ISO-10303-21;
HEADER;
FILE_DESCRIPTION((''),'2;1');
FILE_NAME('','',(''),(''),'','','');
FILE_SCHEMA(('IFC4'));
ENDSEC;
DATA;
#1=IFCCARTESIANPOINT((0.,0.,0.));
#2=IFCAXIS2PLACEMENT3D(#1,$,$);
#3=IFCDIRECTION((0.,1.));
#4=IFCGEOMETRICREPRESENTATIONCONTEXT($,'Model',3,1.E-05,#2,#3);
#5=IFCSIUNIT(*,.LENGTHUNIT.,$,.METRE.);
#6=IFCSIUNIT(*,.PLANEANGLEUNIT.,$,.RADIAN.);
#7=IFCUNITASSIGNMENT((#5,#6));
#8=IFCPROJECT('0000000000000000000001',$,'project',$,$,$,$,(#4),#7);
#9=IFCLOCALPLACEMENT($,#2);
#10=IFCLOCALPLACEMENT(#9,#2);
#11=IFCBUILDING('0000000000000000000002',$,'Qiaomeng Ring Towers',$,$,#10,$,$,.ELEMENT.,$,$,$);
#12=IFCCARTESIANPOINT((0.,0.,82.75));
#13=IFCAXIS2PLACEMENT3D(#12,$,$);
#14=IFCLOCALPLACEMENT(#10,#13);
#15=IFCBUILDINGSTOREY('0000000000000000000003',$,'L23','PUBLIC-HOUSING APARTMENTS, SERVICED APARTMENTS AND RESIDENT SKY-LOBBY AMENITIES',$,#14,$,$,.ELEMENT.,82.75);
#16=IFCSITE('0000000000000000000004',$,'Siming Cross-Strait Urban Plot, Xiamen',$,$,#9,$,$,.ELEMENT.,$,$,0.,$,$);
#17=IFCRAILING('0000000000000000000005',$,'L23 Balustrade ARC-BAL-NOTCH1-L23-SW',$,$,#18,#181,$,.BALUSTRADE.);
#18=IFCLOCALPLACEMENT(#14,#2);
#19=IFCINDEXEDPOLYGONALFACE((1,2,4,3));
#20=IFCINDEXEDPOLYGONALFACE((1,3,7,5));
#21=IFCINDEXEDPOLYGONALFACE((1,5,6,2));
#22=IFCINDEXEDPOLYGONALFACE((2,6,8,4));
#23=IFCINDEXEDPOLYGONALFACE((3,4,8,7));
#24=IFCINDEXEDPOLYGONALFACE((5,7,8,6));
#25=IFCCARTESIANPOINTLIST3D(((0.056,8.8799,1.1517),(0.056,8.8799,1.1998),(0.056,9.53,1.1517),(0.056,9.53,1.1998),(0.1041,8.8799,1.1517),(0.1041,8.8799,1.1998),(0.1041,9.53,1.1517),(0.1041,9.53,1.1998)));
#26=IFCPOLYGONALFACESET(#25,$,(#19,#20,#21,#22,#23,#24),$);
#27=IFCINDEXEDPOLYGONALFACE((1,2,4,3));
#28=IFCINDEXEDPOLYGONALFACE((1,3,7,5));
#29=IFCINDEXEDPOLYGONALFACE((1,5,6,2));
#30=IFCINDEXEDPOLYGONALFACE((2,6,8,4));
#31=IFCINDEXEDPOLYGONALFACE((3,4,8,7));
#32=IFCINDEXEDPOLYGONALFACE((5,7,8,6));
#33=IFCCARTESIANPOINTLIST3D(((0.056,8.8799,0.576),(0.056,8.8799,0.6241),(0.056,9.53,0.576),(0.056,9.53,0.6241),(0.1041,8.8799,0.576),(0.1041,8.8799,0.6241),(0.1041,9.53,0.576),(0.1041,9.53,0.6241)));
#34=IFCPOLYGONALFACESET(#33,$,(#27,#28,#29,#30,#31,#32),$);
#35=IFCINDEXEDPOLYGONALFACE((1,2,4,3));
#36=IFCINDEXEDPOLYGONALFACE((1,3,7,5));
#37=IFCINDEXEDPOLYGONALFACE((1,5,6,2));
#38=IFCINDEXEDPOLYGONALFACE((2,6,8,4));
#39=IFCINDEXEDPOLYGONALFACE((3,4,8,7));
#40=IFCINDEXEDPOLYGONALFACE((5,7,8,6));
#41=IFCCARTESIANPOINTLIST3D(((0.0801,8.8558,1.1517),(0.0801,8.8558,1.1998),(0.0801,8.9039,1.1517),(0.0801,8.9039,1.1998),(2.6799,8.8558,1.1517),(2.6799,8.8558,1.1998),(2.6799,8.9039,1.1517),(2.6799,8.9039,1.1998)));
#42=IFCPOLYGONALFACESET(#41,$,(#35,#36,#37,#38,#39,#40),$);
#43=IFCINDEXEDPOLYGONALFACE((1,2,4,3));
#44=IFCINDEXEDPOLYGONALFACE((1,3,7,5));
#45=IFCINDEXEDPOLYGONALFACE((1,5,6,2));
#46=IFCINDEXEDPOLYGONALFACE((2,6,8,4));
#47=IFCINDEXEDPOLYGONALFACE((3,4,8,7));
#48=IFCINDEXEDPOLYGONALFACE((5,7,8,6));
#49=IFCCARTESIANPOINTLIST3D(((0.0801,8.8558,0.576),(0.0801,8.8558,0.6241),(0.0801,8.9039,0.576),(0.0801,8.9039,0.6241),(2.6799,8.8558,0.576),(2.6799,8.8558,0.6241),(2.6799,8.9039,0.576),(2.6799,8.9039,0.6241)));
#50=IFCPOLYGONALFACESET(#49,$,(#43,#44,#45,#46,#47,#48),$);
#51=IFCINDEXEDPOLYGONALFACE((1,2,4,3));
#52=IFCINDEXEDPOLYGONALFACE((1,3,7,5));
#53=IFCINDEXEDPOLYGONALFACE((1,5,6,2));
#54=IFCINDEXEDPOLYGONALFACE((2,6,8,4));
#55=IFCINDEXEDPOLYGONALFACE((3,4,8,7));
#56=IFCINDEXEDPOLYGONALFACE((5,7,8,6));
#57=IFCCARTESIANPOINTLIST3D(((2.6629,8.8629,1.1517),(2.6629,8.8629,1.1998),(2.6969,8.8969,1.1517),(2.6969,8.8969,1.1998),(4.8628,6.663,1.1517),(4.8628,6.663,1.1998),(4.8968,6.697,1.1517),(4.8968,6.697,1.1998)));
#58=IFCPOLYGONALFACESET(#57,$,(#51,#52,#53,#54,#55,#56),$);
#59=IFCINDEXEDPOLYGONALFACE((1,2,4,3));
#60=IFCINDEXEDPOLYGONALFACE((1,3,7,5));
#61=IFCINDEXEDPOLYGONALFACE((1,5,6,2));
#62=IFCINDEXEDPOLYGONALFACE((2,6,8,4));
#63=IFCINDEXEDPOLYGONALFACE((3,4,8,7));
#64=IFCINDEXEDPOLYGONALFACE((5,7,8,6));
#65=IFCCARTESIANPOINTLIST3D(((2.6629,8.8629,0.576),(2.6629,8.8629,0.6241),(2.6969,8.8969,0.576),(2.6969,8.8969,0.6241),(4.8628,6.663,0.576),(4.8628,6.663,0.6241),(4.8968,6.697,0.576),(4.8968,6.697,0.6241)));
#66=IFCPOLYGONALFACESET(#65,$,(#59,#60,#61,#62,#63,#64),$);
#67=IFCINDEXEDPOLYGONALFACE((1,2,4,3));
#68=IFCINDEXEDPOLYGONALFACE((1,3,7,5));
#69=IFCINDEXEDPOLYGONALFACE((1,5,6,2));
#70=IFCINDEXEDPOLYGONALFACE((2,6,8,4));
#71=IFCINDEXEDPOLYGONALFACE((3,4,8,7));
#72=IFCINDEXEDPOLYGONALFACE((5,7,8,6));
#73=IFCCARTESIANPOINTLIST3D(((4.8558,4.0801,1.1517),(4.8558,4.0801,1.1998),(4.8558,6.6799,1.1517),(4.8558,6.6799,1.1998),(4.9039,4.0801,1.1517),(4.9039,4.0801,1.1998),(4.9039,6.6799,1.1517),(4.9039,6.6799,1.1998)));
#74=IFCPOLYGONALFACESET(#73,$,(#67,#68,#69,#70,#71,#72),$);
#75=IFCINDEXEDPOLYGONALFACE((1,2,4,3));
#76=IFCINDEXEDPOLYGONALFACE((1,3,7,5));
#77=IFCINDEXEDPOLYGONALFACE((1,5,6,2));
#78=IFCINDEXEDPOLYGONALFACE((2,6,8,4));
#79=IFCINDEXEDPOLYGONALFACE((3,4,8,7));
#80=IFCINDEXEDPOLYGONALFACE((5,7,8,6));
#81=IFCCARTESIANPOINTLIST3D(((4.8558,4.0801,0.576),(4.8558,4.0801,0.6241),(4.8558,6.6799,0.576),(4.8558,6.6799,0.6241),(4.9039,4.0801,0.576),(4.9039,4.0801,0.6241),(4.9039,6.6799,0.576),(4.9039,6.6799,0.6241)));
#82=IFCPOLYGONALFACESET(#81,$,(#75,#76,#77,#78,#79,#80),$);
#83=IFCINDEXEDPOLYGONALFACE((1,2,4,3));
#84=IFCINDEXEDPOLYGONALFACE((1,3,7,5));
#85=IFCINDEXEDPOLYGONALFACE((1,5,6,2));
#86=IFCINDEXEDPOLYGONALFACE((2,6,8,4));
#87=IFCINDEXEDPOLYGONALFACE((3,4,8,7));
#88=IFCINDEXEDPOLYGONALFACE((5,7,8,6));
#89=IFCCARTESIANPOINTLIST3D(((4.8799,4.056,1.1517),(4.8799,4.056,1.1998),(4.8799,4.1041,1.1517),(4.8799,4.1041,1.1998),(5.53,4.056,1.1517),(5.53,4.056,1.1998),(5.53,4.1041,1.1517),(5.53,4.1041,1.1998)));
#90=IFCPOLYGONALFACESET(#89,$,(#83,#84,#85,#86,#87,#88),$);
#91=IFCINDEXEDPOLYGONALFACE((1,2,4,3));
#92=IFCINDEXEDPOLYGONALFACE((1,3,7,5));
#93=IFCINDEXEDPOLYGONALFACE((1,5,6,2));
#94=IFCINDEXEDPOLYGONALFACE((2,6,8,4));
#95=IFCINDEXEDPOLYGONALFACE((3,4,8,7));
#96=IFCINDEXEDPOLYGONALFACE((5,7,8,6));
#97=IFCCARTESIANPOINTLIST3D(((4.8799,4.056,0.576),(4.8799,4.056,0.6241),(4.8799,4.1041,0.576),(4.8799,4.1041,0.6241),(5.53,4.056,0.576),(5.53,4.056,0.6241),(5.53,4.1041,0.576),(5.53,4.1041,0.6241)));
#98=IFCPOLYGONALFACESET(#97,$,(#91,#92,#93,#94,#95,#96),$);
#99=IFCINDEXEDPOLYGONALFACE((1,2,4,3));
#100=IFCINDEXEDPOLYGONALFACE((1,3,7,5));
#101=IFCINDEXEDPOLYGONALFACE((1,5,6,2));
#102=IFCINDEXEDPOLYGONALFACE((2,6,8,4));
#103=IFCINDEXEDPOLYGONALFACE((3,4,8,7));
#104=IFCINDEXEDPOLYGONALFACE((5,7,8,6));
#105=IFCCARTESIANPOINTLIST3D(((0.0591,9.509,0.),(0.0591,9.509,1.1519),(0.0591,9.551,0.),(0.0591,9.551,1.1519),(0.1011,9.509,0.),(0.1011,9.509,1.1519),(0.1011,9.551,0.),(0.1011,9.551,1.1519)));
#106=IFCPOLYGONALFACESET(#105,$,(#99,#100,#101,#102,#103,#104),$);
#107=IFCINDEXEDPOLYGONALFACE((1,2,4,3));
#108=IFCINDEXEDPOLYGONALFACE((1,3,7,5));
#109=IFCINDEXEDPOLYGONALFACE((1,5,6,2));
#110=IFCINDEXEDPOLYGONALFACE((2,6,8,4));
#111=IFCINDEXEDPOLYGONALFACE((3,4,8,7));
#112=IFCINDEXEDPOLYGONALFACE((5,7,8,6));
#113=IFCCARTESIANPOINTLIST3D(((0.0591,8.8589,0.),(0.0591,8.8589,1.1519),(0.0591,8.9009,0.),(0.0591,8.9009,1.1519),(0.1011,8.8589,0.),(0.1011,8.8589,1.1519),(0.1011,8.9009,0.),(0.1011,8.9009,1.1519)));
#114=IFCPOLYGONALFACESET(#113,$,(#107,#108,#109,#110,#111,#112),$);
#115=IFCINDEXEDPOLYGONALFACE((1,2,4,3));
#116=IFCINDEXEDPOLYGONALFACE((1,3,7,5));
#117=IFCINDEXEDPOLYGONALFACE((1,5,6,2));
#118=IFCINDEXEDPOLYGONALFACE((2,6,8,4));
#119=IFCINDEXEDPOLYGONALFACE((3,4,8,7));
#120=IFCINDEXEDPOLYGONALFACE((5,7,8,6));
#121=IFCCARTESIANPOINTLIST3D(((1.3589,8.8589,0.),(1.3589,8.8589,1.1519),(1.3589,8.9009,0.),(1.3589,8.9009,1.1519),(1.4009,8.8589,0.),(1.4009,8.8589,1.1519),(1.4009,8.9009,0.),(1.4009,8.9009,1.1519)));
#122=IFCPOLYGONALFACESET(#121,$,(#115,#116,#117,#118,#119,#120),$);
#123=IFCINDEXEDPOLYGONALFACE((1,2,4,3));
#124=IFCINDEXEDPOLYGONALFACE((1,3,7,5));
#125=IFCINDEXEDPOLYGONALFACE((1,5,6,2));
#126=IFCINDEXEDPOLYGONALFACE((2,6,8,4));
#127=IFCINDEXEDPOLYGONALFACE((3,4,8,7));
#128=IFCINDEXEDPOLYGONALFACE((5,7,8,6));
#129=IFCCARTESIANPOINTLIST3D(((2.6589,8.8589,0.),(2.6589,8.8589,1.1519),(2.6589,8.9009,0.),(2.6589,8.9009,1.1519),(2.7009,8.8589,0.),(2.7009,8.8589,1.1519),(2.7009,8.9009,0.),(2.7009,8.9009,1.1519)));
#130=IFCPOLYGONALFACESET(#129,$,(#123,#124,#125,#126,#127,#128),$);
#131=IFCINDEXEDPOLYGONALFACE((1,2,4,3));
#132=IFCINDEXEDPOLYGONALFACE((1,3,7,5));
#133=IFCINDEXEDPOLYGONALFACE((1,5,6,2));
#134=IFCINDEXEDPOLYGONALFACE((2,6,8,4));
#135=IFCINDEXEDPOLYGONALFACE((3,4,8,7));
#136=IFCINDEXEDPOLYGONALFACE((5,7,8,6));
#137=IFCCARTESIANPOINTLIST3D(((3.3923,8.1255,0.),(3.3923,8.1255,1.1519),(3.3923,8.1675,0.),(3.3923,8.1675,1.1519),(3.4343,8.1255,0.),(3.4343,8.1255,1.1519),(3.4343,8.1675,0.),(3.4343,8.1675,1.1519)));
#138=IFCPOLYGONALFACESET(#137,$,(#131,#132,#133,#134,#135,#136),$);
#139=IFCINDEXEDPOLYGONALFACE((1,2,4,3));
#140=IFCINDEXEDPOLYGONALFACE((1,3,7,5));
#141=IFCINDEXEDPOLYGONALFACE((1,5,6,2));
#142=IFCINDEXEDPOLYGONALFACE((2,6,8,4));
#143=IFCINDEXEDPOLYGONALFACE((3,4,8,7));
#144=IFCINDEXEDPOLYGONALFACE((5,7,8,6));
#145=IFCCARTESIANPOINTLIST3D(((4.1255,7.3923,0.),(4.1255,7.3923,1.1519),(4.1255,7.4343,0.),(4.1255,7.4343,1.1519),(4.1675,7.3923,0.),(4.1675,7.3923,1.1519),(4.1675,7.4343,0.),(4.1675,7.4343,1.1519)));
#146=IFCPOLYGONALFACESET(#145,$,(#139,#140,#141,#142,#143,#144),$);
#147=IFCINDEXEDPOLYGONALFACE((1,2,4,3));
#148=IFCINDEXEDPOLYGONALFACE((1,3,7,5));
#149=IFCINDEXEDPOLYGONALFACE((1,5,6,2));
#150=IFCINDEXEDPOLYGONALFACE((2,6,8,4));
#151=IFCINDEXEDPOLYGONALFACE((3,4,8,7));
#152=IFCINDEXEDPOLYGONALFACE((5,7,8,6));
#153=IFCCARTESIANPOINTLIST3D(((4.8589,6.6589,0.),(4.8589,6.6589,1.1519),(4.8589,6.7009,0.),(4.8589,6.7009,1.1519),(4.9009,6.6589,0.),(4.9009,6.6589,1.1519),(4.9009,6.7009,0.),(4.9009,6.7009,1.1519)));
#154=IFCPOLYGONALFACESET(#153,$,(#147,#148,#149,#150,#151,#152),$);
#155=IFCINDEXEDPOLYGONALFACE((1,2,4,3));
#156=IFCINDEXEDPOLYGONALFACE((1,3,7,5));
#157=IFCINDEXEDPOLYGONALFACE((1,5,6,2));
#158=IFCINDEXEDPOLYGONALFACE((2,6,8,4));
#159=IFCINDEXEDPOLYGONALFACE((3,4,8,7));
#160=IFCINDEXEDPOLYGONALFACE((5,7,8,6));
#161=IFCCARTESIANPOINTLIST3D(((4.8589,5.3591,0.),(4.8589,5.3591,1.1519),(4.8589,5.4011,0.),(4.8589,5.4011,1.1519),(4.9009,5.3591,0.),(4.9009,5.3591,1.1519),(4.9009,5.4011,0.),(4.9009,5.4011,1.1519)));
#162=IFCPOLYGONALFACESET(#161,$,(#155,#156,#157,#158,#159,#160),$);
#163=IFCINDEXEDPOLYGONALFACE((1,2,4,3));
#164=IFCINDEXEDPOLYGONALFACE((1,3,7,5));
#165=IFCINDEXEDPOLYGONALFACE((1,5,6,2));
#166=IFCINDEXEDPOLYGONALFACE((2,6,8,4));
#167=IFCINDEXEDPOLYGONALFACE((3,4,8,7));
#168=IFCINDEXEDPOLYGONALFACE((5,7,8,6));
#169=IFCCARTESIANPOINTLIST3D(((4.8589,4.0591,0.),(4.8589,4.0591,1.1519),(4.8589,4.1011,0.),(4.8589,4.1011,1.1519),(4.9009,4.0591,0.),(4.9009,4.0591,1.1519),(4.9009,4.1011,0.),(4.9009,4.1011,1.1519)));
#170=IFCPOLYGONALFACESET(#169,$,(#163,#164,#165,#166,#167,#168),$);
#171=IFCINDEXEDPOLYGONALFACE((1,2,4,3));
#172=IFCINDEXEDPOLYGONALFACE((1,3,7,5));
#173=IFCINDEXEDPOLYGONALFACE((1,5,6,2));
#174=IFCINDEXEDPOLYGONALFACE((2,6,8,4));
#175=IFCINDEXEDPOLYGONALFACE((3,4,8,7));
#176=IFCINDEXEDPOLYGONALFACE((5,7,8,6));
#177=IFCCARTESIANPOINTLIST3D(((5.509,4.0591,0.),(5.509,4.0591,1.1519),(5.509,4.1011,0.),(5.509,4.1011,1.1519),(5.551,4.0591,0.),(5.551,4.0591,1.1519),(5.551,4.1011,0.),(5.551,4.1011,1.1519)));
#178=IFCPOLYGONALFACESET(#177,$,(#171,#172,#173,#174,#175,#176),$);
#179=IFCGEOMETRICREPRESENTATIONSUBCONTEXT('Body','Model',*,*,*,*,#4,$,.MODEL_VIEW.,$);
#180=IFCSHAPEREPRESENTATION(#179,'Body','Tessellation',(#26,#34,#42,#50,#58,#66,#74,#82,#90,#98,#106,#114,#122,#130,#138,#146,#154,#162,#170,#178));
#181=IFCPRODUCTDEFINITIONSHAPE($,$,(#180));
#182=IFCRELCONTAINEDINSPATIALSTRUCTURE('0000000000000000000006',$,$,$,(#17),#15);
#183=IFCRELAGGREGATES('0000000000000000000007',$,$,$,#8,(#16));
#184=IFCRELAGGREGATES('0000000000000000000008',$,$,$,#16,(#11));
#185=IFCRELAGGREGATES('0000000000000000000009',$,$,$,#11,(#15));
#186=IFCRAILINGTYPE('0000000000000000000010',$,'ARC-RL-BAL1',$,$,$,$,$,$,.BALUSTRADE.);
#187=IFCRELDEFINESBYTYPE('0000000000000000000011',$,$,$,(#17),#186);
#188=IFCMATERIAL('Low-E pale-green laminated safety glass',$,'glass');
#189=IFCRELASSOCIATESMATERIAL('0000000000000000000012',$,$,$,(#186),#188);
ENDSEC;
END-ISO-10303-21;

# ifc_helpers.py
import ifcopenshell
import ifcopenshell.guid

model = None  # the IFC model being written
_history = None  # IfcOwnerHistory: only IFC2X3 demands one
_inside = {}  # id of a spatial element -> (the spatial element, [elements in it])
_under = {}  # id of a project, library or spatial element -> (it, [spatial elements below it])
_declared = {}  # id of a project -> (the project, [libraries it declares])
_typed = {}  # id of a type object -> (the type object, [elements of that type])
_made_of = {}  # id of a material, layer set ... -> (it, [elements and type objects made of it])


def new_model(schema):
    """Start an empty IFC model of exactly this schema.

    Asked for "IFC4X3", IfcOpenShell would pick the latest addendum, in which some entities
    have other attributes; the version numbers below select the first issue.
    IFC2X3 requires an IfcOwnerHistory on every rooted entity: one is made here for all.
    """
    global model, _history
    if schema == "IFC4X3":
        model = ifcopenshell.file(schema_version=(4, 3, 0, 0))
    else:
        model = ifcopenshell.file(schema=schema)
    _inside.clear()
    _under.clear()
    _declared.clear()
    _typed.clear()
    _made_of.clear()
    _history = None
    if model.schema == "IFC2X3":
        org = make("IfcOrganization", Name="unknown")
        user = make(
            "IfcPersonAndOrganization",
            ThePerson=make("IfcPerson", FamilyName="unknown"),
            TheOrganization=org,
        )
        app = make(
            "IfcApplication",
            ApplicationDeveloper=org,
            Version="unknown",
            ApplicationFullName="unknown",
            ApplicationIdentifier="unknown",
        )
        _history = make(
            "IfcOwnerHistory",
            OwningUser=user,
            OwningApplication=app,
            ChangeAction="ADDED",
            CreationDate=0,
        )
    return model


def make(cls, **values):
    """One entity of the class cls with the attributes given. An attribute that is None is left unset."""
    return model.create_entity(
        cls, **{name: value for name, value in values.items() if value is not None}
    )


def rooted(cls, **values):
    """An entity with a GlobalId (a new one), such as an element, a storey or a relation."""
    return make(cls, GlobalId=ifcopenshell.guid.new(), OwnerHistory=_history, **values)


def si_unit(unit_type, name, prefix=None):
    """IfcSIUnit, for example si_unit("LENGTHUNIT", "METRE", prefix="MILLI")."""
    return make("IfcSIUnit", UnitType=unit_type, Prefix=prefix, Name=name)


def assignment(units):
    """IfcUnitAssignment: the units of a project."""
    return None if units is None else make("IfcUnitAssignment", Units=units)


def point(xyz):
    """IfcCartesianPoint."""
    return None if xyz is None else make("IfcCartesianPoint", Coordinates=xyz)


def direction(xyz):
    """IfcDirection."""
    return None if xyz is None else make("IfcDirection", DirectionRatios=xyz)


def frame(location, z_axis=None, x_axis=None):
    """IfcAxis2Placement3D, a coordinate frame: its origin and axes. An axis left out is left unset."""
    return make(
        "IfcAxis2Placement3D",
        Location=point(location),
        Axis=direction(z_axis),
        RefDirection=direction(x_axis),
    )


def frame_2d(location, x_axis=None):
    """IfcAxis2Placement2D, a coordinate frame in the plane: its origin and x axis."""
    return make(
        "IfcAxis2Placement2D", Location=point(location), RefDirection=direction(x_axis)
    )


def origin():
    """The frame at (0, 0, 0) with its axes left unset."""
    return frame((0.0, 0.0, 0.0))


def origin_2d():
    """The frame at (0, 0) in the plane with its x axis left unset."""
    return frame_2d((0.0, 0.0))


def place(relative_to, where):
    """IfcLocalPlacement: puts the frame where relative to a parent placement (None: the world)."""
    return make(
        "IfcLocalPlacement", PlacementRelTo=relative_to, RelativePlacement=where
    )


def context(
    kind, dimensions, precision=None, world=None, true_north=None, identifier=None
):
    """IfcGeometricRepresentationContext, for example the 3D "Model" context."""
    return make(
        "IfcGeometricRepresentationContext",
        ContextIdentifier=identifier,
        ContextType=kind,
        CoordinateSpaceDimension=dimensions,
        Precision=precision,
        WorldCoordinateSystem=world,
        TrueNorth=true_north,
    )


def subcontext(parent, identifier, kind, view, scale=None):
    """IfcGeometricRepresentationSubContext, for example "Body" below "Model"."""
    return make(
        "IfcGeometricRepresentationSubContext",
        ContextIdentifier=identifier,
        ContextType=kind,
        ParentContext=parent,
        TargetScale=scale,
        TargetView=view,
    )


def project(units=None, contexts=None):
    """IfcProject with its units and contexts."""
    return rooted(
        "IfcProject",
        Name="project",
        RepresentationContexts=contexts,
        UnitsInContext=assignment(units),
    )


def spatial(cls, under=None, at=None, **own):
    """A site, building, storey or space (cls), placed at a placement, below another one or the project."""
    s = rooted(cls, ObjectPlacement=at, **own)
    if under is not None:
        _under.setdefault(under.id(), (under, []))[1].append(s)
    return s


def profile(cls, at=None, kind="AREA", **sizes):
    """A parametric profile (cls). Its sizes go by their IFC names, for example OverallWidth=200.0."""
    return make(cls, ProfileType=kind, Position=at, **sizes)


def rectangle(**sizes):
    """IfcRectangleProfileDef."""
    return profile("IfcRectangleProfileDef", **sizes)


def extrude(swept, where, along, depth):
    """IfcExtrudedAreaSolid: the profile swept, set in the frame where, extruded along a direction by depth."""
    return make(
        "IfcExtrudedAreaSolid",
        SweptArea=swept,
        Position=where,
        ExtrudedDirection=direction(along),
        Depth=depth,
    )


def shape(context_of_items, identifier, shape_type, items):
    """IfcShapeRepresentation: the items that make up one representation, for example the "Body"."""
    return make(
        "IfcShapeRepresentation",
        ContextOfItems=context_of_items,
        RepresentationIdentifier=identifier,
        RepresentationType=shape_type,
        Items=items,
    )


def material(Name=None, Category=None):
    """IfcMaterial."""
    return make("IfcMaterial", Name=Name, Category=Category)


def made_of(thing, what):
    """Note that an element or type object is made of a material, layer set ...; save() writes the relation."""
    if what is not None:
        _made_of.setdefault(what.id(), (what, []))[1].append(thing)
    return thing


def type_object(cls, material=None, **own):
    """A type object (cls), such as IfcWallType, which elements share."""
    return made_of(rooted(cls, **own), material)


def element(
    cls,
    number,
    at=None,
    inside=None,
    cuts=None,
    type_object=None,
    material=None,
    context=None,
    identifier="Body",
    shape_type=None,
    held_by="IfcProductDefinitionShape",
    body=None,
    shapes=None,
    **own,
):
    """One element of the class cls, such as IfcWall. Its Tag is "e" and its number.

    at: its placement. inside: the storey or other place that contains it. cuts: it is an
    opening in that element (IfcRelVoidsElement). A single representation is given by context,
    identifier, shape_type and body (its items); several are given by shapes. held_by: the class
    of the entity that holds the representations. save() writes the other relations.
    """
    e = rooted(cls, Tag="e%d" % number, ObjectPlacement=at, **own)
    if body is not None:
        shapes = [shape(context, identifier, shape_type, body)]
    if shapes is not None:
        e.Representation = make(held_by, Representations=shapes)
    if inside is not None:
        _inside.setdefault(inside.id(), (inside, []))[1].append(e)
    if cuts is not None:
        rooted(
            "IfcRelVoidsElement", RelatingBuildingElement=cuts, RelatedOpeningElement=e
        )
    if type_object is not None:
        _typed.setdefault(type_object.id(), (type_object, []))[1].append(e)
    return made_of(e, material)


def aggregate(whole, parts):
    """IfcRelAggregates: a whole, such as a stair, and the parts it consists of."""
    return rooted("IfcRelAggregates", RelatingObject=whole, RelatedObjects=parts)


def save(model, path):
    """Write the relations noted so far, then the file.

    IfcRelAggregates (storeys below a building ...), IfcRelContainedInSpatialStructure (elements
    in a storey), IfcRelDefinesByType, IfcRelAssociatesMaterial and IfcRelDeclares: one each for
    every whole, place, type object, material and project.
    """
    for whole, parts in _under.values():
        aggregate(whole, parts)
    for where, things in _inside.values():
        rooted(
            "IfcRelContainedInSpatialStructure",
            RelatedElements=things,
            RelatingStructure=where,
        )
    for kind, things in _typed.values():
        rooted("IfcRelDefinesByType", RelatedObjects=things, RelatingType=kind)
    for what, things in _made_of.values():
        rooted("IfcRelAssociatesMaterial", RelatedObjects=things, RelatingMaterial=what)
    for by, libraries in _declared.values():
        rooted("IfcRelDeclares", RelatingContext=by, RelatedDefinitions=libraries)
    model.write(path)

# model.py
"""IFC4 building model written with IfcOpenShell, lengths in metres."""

from ifc_helpers import new_model, si_unit, direction, frame, origin, origin_2d, place, context, subcontext, project, spatial, rectangle, extrude, material, type_object, element, save


model = new_model("IFC4")

# Units and contexts
model_context = context("Model", 3, precision=1e-05, world=origin(), true_north=direction((0.0, 1.0)))
body_context = subcontext(model_context, "Body", "Model", "MODEL_VIEW")
ifc_project = project(units=[si_unit("LENGTHUNIT", "METRE"), si_unit("PLANEANGLEUNIT", "RADIAN")], contexts=[model_context])

# Site, building, storey
site_placement = place(None, origin())
site = spatial("IfcSite", under=ifc_project, at=site_placement, Name="Siming Cross-Strait Urban Plot, Xiamen", CompositionType="ELEMENT", RefElevation=0.0)
building_placement = place(site_placement, origin())
building = spatial("IfcBuilding", under=site, at=building_placement, Name="Qiaomeng Ring Towers", CompositionType="ELEMENT")
storey_placement = place(building_placement, frame((0.0, 0.0, 82.75)))
storey = spatial("IfcBuildingStorey", under=building, at=storey_placement, Name="L23", Description="PUBLIC-HOUSING APARTMENTS, SERVICED APARTMENTS AND RESIDENT SKY-LOBBY AMENITIES", CompositionType="ELEMENT", Elevation=82.75)

# Railing
ifc_material_1 = material(Name="Low-E pale-green laminated safety glass", Category="glass")
railing_type = type_object("IfcRailingType", Name="ARC-RL-BAL1", PredefinedType="BALUSTRADE", material=ifc_material_1)
railing_1_placement = place(storey_placement, frame((0.0801, 9.53, 0.0)))
element("IfcRailing", 1, at=railing_1_placement, inside=storey, type_object=railing_type, Name="L23 Balustrade ARC-BAL-NOTCH1-L23-SW", PredefinedType="BALUSTRADE", context=body_context, shape_type="SweptSolid", body=[
    extrude(rectangle(XDim=0.0481, YDim=0.0481, at=origin_2d()), frame((0.0, 0.0, 1.1758), z_axis=(0.0, -1.0, 0.0), x_axis=(1.0, 0.0, 0.0)), (0.0, 0.0, 1.0), 0.6501),
    extrude(rectangle(XDim=0.0481, YDim=0.0481, at=origin_2d()), frame((0.0, 0.0, 0.6001), z_axis=(0.0, -1.0, 0.0), x_axis=(1.0, 0.0, 0.0)), (0.0, 0.0, 1.0), 0.6501),
    extrude(rectangle(XDim=0.0481, YDim=0.0481, at=origin_2d()), frame((0.0, -0.6501, 1.1758), z_axis=(1.0, 0.0, 0.0), x_axis=(0.0, 1.0, 0.0)), (0.0, 0.0, 1.0), 2.5999),
    extrude(rectangle(XDim=0.0481, YDim=0.0481, at=origin_2d()), frame((0.0, -0.6501, 0.6001), z_axis=(1.0, 0.0, 0.0), x_axis=(0.0, 1.0, 0.0)), (0.0, 0.0, 1.0), 2.5999),
    extrude(rectangle(XDim=0.0481, YDim=0.0481, at=origin_2d()), frame((2.5999, -0.6501, 1.1758), z_axis=(0.707107, -0.707107, 0.0), x_axis=(0.707107, 0.707107, 0.0)), (0.0, 0.0, 1.0), 3.1111),
    extrude(rectangle(XDim=0.0481, YDim=0.0481, at=origin_2d()), frame((2.5999, -0.6501, 0.6001), z_axis=(0.707107, -0.707107, 0.0), x_axis=(0.707107, 0.707107, 0.0)), (0.0, 0.0, 1.0), 3.1111),
    extrude(rectangle(XDim=0.0481, YDim=0.0481, at=origin_2d()), frame((4.7998, -2.8501, 1.1758), z_axis=(0.0, -1.0, 0.0), x_axis=(1.0, 0.0, 0.0)), (0.0, 0.0, 1.0), 2.5999),
    extrude(rectangle(XDim=0.0481, YDim=0.0481, at=origin_2d()), frame((4.7998, -2.8501, 0.6001), z_axis=(0.0, -1.0, 0.0), x_axis=(1.0, 0.0, 0.0)), (0.0, 0.0, 1.0), 2.5999),
    extrude(rectangle(XDim=0.0481, YDim=0.0481, at=origin_2d()), frame((4.7998, -5.45, 1.1758), z_axis=(1.0, 0.0, 0.0), x_axis=(0.0, 1.0, 0.0)), (0.0, 0.0, 1.0), 0.6501),
    extrude(rectangle(XDim=0.0481, YDim=0.0481, at=origin_2d()), frame((4.7998, -5.45, 0.6001), z_axis=(1.0, 0.0, 0.0), x_axis=(0.0, 1.0, 0.0)), (0.0, 0.0, 1.0), 0.6501),
    extrude(rectangle(XDim=0.042, YDim=0.042, at=origin_2d()), origin(), (0.0, 0.0, 1.0), 1.1519),
    extrude(rectangle(XDim=0.042, YDim=0.042, at=origin_2d()), frame((0.0, -0.6501, 0.0)), (0.0, 0.0, 1.0), 1.1519),
    extrude(rectangle(XDim=0.042, YDim=0.042, at=origin_2d()), frame((1.2998, -0.6501, 0.0)), (0.0, 0.0, 1.0), 1.1519),
    extrude(rectangle(XDim=0.042, YDim=0.042, at=origin_2d()), frame((2.5999, -0.6501, 0.0)), (0.0, 0.0, 1.0), 1.1519),
    extrude(rectangle(XDim=0.042, YDim=0.042, at=origin_2d()), frame((3.3333, -1.3835, 0.0)), (0.0, 0.0, 1.0), 1.1519),
    extrude(rectangle(XDim=0.042, YDim=0.042, at=origin_2d()), frame((4.0664, -2.1167, 0.0)), (0.0, 0.0, 1.0), 1.1519),
    extrude(rectangle(XDim=0.042, YDim=0.042, at=origin_2d()), frame((4.7998, -2.8501, 0.0)), (0.0, 0.0, 1.0), 1.1519),
    extrude(rectangle(XDim=0.042, YDim=0.042, at=origin_2d()), frame((4.7998, -4.1499, 0.0)), (0.0, 0.0, 1.0), 1.1519),
    extrude(rectangle(XDim=0.042, YDim=0.042, at=origin_2d()), frame((4.7998, -5.45, 0.0)), (0.0, 0.0, 1.0), 1.1519),
    extrude(rectangle(XDim=0.042, YDim=0.042, at=origin_2d()), frame((5.45, -5.45, 0.0)), (0.0, 0.0, 1.0), 1.1519),
])

save(model, "model.ifc")
